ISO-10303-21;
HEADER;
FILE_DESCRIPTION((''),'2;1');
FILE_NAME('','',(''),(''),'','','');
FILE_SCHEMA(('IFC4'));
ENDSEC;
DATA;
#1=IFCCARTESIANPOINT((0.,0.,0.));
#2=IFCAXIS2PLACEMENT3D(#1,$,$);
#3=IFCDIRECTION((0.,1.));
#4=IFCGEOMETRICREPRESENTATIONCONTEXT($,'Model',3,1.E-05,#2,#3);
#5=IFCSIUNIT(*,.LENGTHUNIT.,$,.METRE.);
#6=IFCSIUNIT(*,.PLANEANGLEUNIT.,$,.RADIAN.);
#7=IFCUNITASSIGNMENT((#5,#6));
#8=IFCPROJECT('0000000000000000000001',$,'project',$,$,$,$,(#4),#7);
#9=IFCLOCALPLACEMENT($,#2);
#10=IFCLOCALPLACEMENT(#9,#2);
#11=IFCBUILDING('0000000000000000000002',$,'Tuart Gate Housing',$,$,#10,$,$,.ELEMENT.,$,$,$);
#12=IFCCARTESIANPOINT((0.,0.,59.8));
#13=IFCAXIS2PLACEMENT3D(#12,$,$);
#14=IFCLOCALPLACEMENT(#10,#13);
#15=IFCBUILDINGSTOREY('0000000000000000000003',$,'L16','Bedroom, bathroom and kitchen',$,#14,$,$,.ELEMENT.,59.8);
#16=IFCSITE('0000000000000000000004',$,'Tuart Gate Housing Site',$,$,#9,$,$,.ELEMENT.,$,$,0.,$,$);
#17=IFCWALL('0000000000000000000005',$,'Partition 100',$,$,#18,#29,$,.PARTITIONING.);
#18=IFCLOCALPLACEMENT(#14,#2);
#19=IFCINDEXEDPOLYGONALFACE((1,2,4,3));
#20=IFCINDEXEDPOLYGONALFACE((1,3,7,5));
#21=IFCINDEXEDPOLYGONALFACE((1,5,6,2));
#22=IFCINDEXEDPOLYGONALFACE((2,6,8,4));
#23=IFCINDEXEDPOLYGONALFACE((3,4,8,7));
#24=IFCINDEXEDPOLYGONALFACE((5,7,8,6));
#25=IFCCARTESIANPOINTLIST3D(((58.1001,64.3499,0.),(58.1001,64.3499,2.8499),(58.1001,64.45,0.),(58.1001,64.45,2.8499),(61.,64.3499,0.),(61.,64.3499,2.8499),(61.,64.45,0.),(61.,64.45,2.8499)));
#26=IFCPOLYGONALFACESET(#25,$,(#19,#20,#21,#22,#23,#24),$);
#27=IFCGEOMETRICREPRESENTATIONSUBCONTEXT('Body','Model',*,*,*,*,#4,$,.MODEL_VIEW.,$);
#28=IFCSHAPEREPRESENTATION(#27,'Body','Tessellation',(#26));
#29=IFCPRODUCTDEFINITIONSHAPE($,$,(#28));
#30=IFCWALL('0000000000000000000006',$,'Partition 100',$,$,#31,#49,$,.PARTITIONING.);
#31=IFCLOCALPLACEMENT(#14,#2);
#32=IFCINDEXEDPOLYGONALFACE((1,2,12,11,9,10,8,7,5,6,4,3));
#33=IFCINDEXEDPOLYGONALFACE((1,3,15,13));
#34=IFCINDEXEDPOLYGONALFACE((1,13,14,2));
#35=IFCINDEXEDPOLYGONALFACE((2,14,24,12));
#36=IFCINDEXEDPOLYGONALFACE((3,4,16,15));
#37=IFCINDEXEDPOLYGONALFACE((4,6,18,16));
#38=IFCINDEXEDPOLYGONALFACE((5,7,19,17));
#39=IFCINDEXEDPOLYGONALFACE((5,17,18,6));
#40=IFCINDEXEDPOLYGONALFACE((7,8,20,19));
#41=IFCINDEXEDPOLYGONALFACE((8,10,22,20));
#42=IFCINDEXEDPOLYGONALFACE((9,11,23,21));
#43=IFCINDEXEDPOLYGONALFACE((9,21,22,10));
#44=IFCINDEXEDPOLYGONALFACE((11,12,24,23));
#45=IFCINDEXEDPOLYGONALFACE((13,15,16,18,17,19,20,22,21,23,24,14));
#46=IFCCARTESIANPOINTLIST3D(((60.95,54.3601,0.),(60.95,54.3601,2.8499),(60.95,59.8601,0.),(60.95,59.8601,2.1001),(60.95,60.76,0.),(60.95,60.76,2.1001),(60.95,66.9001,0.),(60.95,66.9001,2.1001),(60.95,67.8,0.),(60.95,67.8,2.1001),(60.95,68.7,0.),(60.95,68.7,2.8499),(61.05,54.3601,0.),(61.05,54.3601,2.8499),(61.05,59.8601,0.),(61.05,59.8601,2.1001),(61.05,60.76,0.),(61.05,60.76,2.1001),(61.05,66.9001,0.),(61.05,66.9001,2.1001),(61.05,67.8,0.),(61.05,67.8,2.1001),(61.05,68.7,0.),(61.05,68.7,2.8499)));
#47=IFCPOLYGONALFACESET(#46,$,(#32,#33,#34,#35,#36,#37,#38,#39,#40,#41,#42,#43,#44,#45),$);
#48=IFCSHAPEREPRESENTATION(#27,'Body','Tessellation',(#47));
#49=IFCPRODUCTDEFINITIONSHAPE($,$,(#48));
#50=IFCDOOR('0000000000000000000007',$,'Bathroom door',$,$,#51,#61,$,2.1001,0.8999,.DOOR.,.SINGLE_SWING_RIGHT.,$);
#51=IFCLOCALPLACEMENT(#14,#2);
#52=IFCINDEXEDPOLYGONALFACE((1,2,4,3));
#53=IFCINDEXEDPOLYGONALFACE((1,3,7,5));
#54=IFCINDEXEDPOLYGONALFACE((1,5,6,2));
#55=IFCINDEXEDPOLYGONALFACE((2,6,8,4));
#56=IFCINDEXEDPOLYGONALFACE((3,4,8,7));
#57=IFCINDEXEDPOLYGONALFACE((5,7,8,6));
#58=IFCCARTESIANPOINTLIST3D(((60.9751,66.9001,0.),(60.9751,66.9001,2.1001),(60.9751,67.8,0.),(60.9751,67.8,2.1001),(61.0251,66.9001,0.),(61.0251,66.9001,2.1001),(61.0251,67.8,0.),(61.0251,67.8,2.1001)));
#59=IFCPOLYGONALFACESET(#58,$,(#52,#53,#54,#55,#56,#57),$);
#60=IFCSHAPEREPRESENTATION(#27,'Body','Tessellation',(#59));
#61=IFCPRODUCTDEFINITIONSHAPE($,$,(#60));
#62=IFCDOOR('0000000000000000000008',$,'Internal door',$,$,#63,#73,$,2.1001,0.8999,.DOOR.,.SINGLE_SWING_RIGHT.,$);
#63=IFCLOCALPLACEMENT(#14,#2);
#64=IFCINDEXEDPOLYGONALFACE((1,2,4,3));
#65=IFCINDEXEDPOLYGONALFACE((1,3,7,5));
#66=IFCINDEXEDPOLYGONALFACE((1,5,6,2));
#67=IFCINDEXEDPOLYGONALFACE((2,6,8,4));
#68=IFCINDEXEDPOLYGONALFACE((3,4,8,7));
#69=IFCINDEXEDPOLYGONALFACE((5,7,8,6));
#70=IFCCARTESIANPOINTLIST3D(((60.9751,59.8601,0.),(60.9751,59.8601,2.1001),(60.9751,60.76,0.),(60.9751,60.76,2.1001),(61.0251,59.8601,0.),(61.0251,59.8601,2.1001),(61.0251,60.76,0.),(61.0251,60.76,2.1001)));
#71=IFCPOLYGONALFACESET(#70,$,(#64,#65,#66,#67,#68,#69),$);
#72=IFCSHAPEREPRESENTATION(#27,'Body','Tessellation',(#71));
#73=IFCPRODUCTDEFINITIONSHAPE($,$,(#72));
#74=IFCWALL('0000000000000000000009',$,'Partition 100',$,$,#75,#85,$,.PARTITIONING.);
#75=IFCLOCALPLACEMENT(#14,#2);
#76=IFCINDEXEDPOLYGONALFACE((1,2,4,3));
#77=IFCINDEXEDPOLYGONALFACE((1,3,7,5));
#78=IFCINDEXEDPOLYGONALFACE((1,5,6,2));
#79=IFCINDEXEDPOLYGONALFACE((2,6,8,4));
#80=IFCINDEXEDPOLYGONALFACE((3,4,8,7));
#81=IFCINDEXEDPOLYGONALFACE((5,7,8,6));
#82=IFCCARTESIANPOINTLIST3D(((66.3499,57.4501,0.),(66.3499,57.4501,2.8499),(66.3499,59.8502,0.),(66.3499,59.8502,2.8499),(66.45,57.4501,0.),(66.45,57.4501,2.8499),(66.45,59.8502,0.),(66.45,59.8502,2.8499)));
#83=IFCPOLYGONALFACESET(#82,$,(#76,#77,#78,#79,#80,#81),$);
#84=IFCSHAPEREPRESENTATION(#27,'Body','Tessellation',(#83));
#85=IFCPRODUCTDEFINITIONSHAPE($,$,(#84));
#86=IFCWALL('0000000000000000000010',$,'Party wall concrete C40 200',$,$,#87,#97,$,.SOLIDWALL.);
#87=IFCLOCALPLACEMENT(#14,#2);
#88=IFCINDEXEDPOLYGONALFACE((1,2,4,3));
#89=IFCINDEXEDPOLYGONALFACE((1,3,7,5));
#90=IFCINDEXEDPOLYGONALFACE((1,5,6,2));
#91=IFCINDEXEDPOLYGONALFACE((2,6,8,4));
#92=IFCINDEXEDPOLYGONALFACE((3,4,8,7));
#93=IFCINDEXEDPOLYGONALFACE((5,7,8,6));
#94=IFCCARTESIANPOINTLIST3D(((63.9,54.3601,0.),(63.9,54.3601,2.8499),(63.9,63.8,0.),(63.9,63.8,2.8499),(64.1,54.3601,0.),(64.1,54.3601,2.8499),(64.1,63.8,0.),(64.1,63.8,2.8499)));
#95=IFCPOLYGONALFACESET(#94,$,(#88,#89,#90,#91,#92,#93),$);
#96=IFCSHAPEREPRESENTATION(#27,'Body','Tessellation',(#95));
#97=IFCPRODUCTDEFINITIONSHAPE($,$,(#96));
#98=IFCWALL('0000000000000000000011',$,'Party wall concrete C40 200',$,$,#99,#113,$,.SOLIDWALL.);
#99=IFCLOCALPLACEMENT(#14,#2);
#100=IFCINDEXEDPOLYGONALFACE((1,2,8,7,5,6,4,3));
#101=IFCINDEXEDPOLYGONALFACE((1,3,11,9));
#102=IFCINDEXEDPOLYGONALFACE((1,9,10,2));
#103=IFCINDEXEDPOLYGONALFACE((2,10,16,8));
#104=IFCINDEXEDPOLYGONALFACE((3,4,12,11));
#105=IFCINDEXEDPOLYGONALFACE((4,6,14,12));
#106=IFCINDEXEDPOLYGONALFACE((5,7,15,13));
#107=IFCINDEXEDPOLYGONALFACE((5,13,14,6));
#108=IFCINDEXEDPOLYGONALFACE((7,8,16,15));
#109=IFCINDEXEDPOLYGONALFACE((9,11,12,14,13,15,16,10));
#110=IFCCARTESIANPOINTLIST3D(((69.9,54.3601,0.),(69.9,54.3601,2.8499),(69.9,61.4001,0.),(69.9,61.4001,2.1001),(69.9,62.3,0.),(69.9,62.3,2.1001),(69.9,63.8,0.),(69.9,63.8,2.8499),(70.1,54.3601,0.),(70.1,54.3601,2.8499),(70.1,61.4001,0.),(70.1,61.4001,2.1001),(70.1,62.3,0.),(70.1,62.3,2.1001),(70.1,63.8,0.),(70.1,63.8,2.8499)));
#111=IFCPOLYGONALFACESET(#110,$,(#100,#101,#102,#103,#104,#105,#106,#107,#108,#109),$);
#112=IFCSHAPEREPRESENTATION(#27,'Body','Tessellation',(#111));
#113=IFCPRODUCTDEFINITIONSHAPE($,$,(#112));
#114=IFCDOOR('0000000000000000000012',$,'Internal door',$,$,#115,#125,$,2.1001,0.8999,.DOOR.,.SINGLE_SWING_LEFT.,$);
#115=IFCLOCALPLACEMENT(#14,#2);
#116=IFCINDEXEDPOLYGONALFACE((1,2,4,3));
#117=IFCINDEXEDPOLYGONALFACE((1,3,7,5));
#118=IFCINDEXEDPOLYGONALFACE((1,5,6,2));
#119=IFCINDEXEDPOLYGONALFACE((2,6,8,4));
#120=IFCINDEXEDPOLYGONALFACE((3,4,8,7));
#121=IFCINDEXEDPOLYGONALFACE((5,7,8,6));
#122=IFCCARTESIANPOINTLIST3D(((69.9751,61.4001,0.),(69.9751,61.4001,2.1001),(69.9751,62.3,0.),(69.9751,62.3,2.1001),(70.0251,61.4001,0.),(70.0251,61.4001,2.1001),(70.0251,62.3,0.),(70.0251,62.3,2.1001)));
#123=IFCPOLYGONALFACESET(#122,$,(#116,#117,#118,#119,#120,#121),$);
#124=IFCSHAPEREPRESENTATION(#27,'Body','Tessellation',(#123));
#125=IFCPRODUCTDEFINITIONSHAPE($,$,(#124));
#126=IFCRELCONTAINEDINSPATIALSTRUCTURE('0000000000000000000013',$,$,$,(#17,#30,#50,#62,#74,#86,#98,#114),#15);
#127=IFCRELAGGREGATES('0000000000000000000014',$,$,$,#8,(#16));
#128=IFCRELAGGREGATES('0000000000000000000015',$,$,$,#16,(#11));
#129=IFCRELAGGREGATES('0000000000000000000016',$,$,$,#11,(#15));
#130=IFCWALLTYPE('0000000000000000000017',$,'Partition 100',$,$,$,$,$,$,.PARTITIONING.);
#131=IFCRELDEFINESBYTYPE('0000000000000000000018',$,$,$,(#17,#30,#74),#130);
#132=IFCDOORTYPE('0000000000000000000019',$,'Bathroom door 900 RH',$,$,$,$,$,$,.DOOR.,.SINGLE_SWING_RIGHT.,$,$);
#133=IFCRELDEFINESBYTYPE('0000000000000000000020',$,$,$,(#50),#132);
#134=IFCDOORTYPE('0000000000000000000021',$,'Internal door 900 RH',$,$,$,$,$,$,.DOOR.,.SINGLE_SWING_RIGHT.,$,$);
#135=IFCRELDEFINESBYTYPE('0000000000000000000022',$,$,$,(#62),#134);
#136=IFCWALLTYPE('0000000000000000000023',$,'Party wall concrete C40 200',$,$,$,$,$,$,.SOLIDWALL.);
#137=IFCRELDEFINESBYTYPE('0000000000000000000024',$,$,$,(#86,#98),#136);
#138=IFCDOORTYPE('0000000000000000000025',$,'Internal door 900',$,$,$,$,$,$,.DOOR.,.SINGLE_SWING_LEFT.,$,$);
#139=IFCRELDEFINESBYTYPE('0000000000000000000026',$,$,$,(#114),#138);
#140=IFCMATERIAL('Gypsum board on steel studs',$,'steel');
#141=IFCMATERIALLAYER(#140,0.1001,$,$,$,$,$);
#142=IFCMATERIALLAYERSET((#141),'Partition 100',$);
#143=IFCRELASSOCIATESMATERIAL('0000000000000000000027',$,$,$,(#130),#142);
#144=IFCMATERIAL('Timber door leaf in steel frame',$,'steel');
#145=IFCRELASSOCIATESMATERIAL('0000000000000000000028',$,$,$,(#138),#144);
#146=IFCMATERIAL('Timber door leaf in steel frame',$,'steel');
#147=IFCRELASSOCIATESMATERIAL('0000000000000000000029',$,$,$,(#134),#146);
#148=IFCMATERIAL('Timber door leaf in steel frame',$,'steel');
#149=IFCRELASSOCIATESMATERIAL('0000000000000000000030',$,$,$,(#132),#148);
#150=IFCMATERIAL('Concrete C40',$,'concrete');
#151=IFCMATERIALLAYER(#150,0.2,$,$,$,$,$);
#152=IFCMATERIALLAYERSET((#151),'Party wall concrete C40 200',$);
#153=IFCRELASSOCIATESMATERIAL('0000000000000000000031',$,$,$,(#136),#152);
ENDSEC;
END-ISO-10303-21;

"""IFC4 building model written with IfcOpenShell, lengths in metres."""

from ifc_helpers import new_model, si_unit, direction, frame, frame_2d, origin, place, context, subcontext, project, spatial, rectangle, extrude, material, layer, layer_set, type_object, element, fill, save


model = new_model("IFC4")

# Units and contexts
model_context = context("Model", 3, precision=1e-05, world=origin(), true_north=direction((0.0, 1.0)))
body_context = subcontext(model_context, "Body", "Model", "MODEL_VIEW")
ifc_project = project(units=[si_unit("LENGTHUNIT", "METRE"), si_unit("PLANEANGLEUNIT", "RADIAN")], contexts=[model_context])

# Site, building, storey
site_placement = place(None, origin())
site = spatial("IfcSite", under=ifc_project, at=site_placement, Name="Tuart Gate Housing Site", CompositionType="ELEMENT", RefElevation=0.0)
building_placement = place(site_placement, origin())
building = spatial("IfcBuilding", under=site, at=building_placement, Name="Tuart Gate Housing", CompositionType="ELEMENT")
storey_placement = place(building_placement, frame((0.0, 0.0, 59.8)))
storey = spatial("IfcBuildingStorey", under=building, at=storey_placement, Name="L16", Description="Bedroom, bathroom and kitchen", CompositionType="ELEMENT", Elevation=59.8)

# Shared definitions
ifc_material_1 = material(Name="Gypsum board on steel studs", Category="steel")
ifc_layer_1 = layer(ifc_material_1, 0.1001)
ifc_layer_set_1 = layer_set([ifc_layer_1], Name="Partition 100")
wall_type_1 = type_object("IfcWallType", Name="Partition 100", PredefinedType="PARTITIONING", material=ifc_layer_set_1)

# Shared definitions
ifc_material_2 = material(Name="Timber door leaf in steel frame", Category="steel")
door_type_1 = type_object("IfcDoorType", Name="Internal door 900", OperationType="SINGLE_SWING_LEFT", PredefinedType="DOOR", material=ifc_material_2)

# Shared definitions
ifc_material_3 = material(Name="Timber door leaf in steel frame", Category="steel")
door_type_2 = type_object("IfcDoorType", Name="Internal door 900 RH", OperationType="SINGLE_SWING_RIGHT", PredefinedType="DOOR", material=ifc_material_3)

# Wall
wall_1_placement = place(storey_placement, frame((58.1001, 64.3999, 0.0), z_axis=(0.0, 0.0, 1.0), x_axis=(1.0, 0.0, 0.0)))
element("IfcWall", 1, at=wall_1_placement, inside=storey, type_object=wall_type_1, Name="Partition 100", PredefinedType="PARTITIONING", context=body_context, shape_type="SweptSolid", body=[
    extrude(rectangle(XDim=2.8999, YDim=0.1001, at=frame_2d((1.45, 0.0))), origin(), (0.0, 0.0, 1.0), 2.8499),
])

# Wall, openings, doors
wall_2_placement = place(storey_placement, frame((61.0, 54.3601, 0.0), z_axis=(0.0, 0.0, 1.0), x_axis=(0.0, 1.0, 0.0)))
wall_2 = element("IfcWall", 2, at=wall_2_placement, inside=storey, type_object=wall_type_1, Name="Partition 100", PredefinedType="PARTITIONING", context=body_context, shape_type="SweptSolid", body=[
    extrude(rectangle(XDim=14.3398, YDim=0.1001, at=frame_2d((7.1699, 0.0))), origin(), (0.0, 0.0, 1.0), 2.8499),
])
opening_1_placement = place(wall_2_placement, frame((5.5, 0.0, 0.0)))
opening_1 = element("IfcOpeningElement", 3, at=opening_1_placement, cuts=wall_2, PredefinedType="OPENING", context=body_context, shape_type="SweptSolid", body=[
    extrude(rectangle(XDim=0.8999, YDim=2.1001, at=frame_2d((0.45, 1.05))), frame((0.0, 0.0601, 0.0), z_axis=(0.0, -1.0, 0.0), x_axis=(1.0, 0.0, 0.0)), (0.0, 0.0, 1.0), 0.1201),
])
opening_2_placement = place(wall_2_placement, frame((12.54, 0.0, 0.0)))
opening_2 = element("IfcOpeningElement", 4, at=opening_2_placement, cuts=wall_2, PredefinedType="OPENING", context=body_context, shape_type="SweptSolid", body=[
    extrude(rectangle(XDim=0.8999, YDim=2.1001, at=frame_2d((0.45, 1.05))), frame((0.0, 0.0601, 0.0), z_axis=(0.0, -1.0, 0.0), x_axis=(1.0, 0.0, 0.0)), (0.0, 0.0, 1.0), 0.1201),
])
ifc_material_4 = material(Name="Timber door leaf in steel frame", Category="steel")
door_type_3 = type_object("IfcDoorType", Name="Bathroom door 900 RH", OperationType="SINGLE_SWING_RIGHT", PredefinedType="DOOR", material=ifc_material_4)
door_1_placement = place(opening_2_placement, origin())
door_1 = element("IfcDoor", 5, at=door_1_placement, inside=storey, type_object=door_type_3, Name="Bathroom door", OperationType="SINGLE_SWING_RIGHT", OverallHeight=2.1001, OverallWidth=0.8999, PredefinedType="DOOR", context=body_context, shape_type="SweptSolid", body=[
    extrude(rectangle(XDim=0.8999, YDim=2.1001, at=frame_2d((0.45, 1.05))), frame((0.0, 0.0249, 0.0), z_axis=(0.0, -1.0, 0.0), x_axis=(1.0, 0.0, 0.0)), (0.0, 0.0, 1.0), 0.05),
])
fill(opening_2, door_1)
door_2_placement = place(opening_1_placement, origin())
door_2 = element("IfcDoor", 6, at=door_2_placement, inside=storey, type_object=door_type_2, Name="Internal door", OperationType="SINGLE_SWING_RIGHT", OverallHeight=2.1001, OverallWidth=0.8999, PredefinedType="DOOR", context=body_context, shape_type="SweptSolid", body=[
    extrude(rectangle(XDim=0.8999, YDim=2.1001, at=frame_2d((0.45, 1.05))), frame((0.0, 0.0249, 0.0), z_axis=(0.0, -1.0, 0.0), x_axis=(1.0, 0.0, 0.0)), (0.0, 0.0, 1.0), 0.05),
])
fill(opening_1, door_2)

# Walls
wall_3_placement = place(storey_placement, frame((66.3999, 57.45, 0.0), z_axis=(0.0, 0.0, 1.0), x_axis=(0.0, 1.0, 0.0)))
element("IfcWall", 7, at=wall_3_placement, inside=storey, type_object=wall_type_1, Name="Partition 100", PredefinedType="PARTITIONING", context=body_context, shape_type="SweptSolid", body=[
    extrude(rectangle(XDim=2.4001, YDim=0.1001, at=frame_2d((1.2002, 0.0))), origin(), (0.0, 0.0, 1.0), 2.8499),
])
ifc_material_5 = material(Name="Concrete C40", Category="concrete")
ifc_layer_2 = layer(ifc_material_5, 0.2)
ifc_layer_set_2 = layer_set([ifc_layer_2], Name="Party wall concrete C40 200")
wall_type_2 = type_object("IfcWallType", Name="Party wall concrete C40 200", PredefinedType="SOLIDWALL", material=ifc_layer_set_2)
wall_4_placement = place(storey_placement, frame((64.0, 54.3601, 0.0), z_axis=(0.0, 0.0, 1.0), x_axis=(0.0, 1.0, 0.0)))
element("IfcWall", 8, at=wall_4_placement, inside=storey, type_object=wall_type_2, Name="Party wall concrete C40 200", PredefinedType="SOLIDWALL", context=body_context, shape_type="SweptSolid", body=[
    extrude(rectangle(XDim=9.4399, YDim=0.2, at=frame_2d((4.72, 0.0))), origin(), (0.0, 0.0, 1.0), 2.8499),
])

# Wall, opening, door
wall_5_placement = place(storey_placement, frame((70.0, 54.3601, 0.0), z_axis=(0.0, 0.0, 1.0), x_axis=(0.0, 1.0, 0.0)))
wall_5 = element("IfcWall", 9, at=wall_5_placement, inside=storey, type_object=wall_type_2, Name="Party wall concrete C40 200", PredefinedType="SOLIDWALL", context=body_context, shape_type="SweptSolid", body=[
    extrude(rectangle(XDim=9.4399, YDim=0.2, at=frame_2d((4.72, 0.0))), origin(), (0.0, 0.0, 1.0), 2.8499),
])
opening_3_placement = place(wall_5_placement, frame((7.04, 0.0, 0.0)))
opening_3 = element("IfcOpeningElement", 10, at=opening_3_placement, cuts=wall_5, PredefinedType="OPENING", context=body_context, shape_type="SweptSolid", body=[
    extrude(rectangle(XDim=0.8999, YDim=2.1001, at=frame_2d((0.45, 1.05))), frame((0.0, 0.1099, 0.0), z_axis=(0.0, -1.0, 0.0), x_axis=(1.0, 0.0, 0.0)), (0.0, 0.0, 1.0), 0.22),
])
door_3_placement = place(opening_3_placement, origin())
door_3 = element("IfcDoor", 11, at=door_3_placement, inside=storey, type_object=door_type_1, Name="Internal door", OperationType="SINGLE_SWING_LEFT", OverallHeight=2.1001, OverallWidth=0.8999, PredefinedType="DOOR", context=body_context, shape_type="SweptSolid", body=[
    extrude(rectangle(XDim=0.8999, YDim=2.1001, at=frame_2d((0.45, 1.05))), frame((0.0, 0.0249, 0.0), z_axis=(0.0, -1.0, 0.0), x_axis=(1.0, 0.0, 0.0)), (0.0, 0.0, 1.0), 0.05),
])
fill(opening_3, door_3)

save(model, "model.ifc")
